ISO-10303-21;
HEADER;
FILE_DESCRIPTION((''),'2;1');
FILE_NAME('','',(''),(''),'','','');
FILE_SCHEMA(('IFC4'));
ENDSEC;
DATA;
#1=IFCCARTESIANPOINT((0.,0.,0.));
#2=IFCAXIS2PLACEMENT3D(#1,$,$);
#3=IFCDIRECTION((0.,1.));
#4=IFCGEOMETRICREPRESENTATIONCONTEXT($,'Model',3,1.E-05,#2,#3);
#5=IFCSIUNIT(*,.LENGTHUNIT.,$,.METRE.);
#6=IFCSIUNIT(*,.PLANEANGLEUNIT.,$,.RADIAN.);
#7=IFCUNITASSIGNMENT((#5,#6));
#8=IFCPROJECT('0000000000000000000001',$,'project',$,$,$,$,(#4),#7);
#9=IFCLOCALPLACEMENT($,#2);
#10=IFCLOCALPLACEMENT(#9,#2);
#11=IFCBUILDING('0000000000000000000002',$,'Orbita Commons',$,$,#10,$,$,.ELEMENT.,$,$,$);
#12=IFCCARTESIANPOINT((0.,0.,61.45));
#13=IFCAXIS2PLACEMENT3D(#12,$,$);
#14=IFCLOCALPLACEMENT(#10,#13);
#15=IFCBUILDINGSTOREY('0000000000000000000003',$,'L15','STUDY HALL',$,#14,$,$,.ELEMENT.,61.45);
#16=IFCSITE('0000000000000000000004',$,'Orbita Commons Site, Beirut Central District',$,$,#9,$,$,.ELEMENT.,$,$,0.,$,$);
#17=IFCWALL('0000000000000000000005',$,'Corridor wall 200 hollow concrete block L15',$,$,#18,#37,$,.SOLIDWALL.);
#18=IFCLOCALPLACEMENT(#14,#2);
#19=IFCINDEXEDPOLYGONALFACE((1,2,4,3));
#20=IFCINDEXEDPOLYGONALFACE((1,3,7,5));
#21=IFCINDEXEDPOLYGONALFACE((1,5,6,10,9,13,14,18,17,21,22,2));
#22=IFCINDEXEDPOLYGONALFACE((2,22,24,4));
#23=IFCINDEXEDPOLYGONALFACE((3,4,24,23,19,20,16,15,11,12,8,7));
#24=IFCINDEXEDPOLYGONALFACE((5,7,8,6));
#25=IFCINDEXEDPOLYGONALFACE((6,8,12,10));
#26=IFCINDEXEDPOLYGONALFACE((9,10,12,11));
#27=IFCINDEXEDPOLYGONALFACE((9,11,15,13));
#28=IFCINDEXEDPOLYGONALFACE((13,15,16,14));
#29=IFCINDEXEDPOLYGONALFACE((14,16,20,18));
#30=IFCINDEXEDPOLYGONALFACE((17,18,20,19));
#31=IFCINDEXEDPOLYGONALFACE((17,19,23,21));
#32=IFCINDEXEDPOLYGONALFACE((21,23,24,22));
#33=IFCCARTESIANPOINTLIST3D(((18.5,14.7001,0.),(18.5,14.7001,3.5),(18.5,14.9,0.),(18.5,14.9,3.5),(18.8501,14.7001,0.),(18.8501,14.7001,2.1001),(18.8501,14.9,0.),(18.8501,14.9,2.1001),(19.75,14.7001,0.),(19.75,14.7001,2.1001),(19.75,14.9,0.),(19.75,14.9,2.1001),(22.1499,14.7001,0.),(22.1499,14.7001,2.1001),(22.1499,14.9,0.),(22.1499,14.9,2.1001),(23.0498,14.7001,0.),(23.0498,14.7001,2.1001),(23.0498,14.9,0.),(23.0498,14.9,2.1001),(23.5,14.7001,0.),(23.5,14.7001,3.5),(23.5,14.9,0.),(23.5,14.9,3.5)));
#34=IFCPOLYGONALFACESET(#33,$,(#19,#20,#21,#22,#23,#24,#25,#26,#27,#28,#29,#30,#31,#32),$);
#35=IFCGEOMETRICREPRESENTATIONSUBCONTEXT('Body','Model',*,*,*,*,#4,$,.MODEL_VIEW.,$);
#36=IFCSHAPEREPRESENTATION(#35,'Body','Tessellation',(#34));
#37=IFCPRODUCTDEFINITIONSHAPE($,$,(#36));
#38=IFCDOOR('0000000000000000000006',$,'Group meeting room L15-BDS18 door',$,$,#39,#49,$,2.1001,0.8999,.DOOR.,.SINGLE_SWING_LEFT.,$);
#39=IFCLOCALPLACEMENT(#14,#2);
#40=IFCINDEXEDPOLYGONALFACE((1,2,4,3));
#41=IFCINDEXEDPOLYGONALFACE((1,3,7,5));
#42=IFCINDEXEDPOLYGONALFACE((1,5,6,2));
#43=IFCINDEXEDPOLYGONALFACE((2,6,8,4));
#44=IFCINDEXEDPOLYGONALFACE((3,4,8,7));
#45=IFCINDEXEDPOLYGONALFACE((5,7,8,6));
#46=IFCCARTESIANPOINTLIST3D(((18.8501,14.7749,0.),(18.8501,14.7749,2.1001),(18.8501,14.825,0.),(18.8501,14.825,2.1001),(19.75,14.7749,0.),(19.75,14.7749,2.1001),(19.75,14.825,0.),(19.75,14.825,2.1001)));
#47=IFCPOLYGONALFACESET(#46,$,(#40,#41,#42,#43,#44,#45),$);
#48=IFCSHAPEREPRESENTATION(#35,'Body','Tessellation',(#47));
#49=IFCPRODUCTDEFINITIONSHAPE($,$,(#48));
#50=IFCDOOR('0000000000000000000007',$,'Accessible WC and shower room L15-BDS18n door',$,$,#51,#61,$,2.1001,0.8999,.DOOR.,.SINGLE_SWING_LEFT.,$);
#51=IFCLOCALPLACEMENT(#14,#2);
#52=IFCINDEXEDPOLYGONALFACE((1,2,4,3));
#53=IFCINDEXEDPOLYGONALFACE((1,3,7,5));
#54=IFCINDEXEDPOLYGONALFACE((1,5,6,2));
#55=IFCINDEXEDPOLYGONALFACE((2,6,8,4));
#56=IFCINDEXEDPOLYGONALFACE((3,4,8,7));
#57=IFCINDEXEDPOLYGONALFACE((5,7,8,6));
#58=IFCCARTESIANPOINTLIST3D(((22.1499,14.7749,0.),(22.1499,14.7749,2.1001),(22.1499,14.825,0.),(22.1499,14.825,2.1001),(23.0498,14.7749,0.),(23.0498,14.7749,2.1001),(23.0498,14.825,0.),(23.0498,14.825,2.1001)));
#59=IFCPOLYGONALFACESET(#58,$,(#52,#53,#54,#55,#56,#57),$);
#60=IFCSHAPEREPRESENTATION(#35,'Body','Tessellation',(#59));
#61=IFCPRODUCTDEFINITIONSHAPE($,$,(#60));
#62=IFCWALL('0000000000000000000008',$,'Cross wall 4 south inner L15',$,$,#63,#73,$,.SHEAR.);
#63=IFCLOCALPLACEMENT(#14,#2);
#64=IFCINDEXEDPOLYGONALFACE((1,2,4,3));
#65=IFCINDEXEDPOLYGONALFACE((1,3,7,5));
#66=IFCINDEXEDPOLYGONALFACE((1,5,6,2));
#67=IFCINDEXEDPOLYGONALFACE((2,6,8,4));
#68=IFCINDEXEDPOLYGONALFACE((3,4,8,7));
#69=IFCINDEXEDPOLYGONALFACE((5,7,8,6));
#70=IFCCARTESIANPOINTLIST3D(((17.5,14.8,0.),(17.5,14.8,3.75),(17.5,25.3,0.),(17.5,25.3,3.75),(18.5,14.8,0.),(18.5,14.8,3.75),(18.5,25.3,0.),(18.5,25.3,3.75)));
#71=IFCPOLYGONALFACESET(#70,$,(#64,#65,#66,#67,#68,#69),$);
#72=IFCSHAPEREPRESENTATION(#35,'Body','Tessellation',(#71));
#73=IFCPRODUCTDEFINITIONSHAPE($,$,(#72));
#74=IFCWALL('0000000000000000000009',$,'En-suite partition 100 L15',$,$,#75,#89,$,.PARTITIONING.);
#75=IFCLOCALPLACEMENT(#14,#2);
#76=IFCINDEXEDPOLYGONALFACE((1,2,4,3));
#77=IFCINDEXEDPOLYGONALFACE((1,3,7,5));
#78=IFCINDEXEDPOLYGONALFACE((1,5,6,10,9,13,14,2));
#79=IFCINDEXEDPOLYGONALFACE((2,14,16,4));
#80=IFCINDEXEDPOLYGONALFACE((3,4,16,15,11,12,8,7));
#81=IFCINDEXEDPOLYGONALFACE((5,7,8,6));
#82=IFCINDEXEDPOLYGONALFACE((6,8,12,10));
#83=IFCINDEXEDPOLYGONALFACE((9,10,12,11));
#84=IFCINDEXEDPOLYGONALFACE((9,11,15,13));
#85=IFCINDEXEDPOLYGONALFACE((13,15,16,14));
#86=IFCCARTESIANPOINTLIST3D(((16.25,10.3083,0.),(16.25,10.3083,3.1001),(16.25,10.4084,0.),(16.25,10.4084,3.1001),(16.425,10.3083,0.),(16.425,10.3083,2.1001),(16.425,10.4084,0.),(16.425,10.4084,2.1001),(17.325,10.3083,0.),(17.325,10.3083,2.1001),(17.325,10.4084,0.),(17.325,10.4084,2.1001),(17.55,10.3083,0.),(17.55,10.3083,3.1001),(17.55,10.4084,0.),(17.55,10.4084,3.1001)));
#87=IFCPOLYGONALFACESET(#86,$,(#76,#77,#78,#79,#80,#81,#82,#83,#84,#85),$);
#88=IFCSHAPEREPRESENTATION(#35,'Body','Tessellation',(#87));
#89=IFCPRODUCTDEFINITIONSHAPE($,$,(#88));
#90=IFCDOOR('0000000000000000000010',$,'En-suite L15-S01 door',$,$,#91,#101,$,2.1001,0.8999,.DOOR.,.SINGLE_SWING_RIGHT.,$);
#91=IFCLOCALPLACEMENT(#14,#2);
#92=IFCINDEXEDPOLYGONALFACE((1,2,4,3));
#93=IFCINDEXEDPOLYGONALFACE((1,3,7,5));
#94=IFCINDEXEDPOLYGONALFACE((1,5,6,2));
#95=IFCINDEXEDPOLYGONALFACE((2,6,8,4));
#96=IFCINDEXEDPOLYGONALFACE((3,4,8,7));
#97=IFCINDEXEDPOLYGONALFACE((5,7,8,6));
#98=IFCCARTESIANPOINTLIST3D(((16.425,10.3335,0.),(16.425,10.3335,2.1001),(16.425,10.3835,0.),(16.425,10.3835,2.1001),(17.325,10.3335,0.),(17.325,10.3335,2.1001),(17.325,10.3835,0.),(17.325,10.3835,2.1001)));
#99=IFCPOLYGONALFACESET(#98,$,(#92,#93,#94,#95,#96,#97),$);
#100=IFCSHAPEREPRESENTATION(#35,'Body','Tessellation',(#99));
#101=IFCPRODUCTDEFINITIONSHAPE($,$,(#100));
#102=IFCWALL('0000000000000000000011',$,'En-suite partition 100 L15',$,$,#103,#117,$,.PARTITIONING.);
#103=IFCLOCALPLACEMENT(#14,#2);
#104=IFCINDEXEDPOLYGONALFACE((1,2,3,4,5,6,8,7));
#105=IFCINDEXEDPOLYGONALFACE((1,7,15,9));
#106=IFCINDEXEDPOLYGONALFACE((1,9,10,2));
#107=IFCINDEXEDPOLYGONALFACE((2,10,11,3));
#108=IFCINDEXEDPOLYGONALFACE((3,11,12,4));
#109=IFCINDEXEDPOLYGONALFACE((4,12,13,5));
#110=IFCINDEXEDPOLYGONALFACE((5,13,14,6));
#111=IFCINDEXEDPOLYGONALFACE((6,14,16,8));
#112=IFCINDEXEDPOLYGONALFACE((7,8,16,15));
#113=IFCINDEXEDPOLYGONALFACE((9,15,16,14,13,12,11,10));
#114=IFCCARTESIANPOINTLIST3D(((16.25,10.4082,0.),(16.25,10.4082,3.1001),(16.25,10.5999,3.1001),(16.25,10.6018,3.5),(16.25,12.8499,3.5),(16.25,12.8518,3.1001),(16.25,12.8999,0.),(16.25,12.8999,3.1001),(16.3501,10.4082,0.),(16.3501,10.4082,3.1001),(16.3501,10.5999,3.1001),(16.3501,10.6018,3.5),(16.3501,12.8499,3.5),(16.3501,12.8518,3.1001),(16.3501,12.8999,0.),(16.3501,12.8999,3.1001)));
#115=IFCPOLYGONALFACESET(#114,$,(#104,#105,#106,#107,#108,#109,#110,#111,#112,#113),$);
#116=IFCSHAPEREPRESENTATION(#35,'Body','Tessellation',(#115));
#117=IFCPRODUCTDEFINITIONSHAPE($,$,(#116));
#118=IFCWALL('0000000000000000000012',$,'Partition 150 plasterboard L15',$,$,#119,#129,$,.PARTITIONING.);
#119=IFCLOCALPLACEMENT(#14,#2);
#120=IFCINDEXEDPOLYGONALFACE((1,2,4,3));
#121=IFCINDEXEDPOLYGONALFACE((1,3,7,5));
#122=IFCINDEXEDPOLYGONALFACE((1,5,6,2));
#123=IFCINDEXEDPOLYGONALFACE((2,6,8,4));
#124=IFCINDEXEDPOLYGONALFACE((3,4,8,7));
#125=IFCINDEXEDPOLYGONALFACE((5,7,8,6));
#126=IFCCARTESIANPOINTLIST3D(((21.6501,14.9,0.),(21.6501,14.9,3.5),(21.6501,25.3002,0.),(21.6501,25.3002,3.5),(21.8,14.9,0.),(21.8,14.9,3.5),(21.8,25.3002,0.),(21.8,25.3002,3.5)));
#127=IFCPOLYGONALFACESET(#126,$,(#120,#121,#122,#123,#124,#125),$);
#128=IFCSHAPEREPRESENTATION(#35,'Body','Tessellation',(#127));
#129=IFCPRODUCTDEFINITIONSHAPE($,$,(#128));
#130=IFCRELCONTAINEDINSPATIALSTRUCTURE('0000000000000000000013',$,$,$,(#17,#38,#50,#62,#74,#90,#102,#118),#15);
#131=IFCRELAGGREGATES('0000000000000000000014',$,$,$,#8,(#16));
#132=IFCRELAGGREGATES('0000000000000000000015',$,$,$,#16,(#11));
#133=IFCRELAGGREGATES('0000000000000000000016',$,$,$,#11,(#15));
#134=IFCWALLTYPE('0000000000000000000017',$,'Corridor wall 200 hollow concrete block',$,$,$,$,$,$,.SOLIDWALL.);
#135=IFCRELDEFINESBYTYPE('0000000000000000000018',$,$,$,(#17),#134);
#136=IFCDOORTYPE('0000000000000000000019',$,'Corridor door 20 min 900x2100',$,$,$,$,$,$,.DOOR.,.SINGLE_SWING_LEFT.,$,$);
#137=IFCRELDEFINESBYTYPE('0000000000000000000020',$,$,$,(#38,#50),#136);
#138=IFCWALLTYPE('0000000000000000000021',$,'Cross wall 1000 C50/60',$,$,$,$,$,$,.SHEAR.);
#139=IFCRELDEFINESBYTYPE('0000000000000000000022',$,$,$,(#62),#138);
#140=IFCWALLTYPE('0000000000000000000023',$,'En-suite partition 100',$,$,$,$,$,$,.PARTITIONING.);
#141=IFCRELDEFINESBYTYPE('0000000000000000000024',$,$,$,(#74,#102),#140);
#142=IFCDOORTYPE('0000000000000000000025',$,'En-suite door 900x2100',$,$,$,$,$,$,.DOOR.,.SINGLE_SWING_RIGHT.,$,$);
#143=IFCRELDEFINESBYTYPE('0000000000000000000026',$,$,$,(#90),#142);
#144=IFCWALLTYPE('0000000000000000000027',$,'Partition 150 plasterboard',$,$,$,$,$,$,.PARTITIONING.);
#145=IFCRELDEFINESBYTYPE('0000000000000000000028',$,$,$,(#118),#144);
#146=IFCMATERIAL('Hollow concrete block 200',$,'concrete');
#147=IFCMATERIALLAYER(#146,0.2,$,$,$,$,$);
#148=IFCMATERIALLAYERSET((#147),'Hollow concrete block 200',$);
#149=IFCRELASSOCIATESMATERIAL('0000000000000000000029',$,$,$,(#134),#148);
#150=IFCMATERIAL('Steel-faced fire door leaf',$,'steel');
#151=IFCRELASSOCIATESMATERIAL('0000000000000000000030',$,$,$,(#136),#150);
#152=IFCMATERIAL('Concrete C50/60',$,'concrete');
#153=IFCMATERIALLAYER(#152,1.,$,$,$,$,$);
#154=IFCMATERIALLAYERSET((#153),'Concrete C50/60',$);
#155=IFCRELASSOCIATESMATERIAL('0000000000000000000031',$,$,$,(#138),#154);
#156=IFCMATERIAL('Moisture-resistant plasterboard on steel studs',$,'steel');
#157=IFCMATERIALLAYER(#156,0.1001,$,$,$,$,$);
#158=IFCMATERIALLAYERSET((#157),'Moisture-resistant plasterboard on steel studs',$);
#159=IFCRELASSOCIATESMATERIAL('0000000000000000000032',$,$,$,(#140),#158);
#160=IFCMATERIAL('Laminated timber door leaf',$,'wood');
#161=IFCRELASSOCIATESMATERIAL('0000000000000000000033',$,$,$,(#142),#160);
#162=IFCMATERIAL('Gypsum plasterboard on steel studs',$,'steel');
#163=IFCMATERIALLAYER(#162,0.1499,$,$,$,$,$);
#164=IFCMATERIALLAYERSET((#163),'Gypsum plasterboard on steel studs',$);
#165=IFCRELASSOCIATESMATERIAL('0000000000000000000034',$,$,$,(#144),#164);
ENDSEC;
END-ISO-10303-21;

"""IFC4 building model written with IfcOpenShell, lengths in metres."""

from ifc_helpers import new_model, si_unit, direction, frame, frame_2d, origin, place, context, subcontext, project, spatial, polyline, rectangle, outline, extrude, material, layer, layer_set, type_object, element, fill, save


model = new_model("IFC4")

# Units and contexts
model_context = context("Model", 3, precision=1e-05, world=origin(), true_north=direction((0.0, 1.0)))
body_context = subcontext(model_context, "Body", "Model", "MODEL_VIEW")
ifc_project = project(units=[si_unit("LENGTHUNIT", "METRE"), si_unit("PLANEANGLEUNIT", "RADIAN")], contexts=[model_context])

# Site, building, storey
site_placement = place(None, origin())
site = spatial("IfcSite", under=ifc_project, at=site_placement, Name="Orbita Commons Site, Beirut Central District", CompositionType="ELEMENT", RefElevation=0.0)
building_placement = place(site_placement, origin())
building = spatial("IfcBuilding", under=site, at=building_placement, Name="Orbita Commons", CompositionType="ELEMENT")
storey_placement = place(building_placement, frame((0.0, 0.0, 61.45)))
storey = spatial("IfcBuildingStorey", under=building, at=storey_placement, Name="L15", Description="STUDY HALL", CompositionType="ELEMENT", Elevation=61.45)

# Wall, openings, doors
ifc_material_1 = material(Name="Hollow concrete block 200", Category="concrete")
ifc_layer_1 = layer(ifc_material_1, 0.2)
ifc_layer_set_1 = layer_set([ifc_layer_1], Name="Hollow concrete block 200")
wall_type_1 = type_object("IfcWallType", Name="Corridor wall 200 hollow concrete block", PredefinedType="SOLIDWALL", material=ifc_layer_set_1)
wall_1_placement = place(storey_placement, frame((18.5, 14.8, 0.0), z_axis=(0.0, 0.0, 1.0), x_axis=(1.0, 0.0, 0.0)))
wall_1 = element("IfcWall", 1, at=wall_1_placement, inside=storey, type_object=wall_type_1, Name="Corridor wall 200 hollow concrete block L15", PredefinedType="SOLIDWALL", context=body_context, shape_type="SweptSolid", body=[
    extrude(rectangle(XDim=5.0, YDim=0.2, at=frame_2d((2.5, 0.0))), origin(), (0.0, 0.0, 1.0), 3.5),
])
opening_1_placement = place(wall_1_placement, frame((0.3501, 0.0, 0.0)))
opening_1 = element("IfcOpeningElement", 2, at=opening_1_placement, cuts=wall_1, PredefinedType="OPENING", context=body_context, shape_type="SweptSolid", body=[
    extrude(rectangle(XDim=0.8999, YDim=2.1001, at=frame_2d((0.45, 1.05))), frame((0.0, 0.1099, 0.0), z_axis=(0.0, -1.0, 0.0), x_axis=(1.0, 0.0, 0.0)), (0.0, 0.0, 1.0), 0.22),
])
opening_2_placement = place(wall_1_placement, frame((3.6499, 0.0, 0.0)))
opening_2 = element("IfcOpeningElement", 3, at=opening_2_placement, cuts=wall_1, PredefinedType="OPENING", context=body_context, shape_type="SweptSolid", body=[
    extrude(rectangle(XDim=0.8999, YDim=2.1001, at=frame_2d((0.45, 1.05))), frame((0.0, 0.1099, 0.0), z_axis=(0.0, -1.0, 0.0), x_axis=(1.0, 0.0, 0.0)), (0.0, 0.0, 1.0), 0.22),
])
ifc_material_2 = material(Name="Steel-faced fire door leaf", Category="steel")
door_type_1 = type_object("IfcDoorType", Name="Corridor door 20 min 900x2100", OperationType="SINGLE_SWING_LEFT", PredefinedType="DOOR", material=ifc_material_2)
door_1_placement = place(opening_1_placement, origin())
door_1 = element("IfcDoor", 4, at=door_1_placement, inside=storey, type_object=door_type_1, Name="Group meeting room L15-BDS18 door", OperationType="SINGLE_SWING_LEFT", OverallHeight=2.1001, OverallWidth=0.8999, PredefinedType="DOOR", context=body_context, shape_type="SweptSolid", body=[
    extrude(rectangle(XDim=0.8999, YDim=2.1001, at=frame_2d((0.45, 1.05))), frame((0.0, 0.0249, 0.0), z_axis=(0.0, -1.0, 0.0), x_axis=(1.0, 0.0, 0.0)), (0.0, 0.0, 1.0), 0.05),
])
fill(opening_1, door_1)
door_2_placement = place(opening_2_placement, origin())
door_2 = element("IfcDoor", 5, at=door_2_placement, inside=storey, type_object=door_type_1, Name="Accessible WC and shower room L15-BDS18n door", OperationType="SINGLE_SWING_LEFT", OverallHeight=2.1001, OverallWidth=0.8999, PredefinedType="DOOR", context=body_context, shape_type="SweptSolid", body=[
    extrude(rectangle(XDim=0.8999, YDim=2.1001, at=frame_2d((0.45, 1.05))), frame((0.0, 0.0249, 0.0), z_axis=(0.0, -1.0, 0.0), x_axis=(1.0, 0.0, 0.0)), (0.0, 0.0, 1.0), 0.05),
])
fill(opening_2, door_2)

# Wall
ifc_material_3 = material(Name="Concrete C50/60", Category="concrete")
ifc_layer_2 = layer(ifc_material_3, 1.0)
ifc_layer_set_2 = layer_set([ifc_layer_2], Name="Concrete C50/60")
wall_type_2 = type_object("IfcWallType", Name="Cross wall 1000 C50/60", PredefinedType="SHEAR", material=ifc_layer_set_2)
wall_2_placement = place(storey_placement, frame((18.0, 14.8, 0.0), z_axis=(0.0, 0.0, 1.0), x_axis=(0.0, 1.0, 0.0)))
element("IfcWall", 6, at=wall_2_placement, inside=storey, type_object=wall_type_2, Name="Cross wall 4 south inner L15", PredefinedType="SHEAR", context=body_context, shape_type="SweptSolid", body=[
    extrude(rectangle(XDim=10.5, YDim=1.0, at=frame_2d((5.25, 0.0))), origin(), (0.0, 0.0, 1.0), 3.75),
])

# Wall, opening, door
ifc_material_4 = material(Name="Moisture-resistant plasterboard on steel studs", Category="steel")
ifc_layer_3 = layer(ifc_material_4, 0.1001)
ifc_layer_set_3 = layer_set([ifc_layer_3], Name="Moisture-resistant plasterboard on steel studs")
wall_type_3 = type_object("IfcWallType", Name="En-suite partition 100", PredefinedType="PARTITIONING", material=ifc_layer_set_3)
wall_3_placement = place(storey_placement, frame((17.55, 10.3584, 0.0), z_axis=(0.0, 0.0, 1.0), x_axis=(-1.0, 0.0, 0.0)))
wall_3 = element("IfcWall", 7, at=wall_3_placement, inside=storey, type_object=wall_type_3, Name="En-suite partition 100 L15", PredefinedType="PARTITIONING", context=body_context, shape_type="SweptSolid", body=[
    extrude(outline(polyline([(0.0, 0.0), (1.3, 0.0), (1.3, 3.1001), (0.0, 3.1001), (0.0, 0.0)])), frame((0.0, 0.05, 0.0), z_axis=(0.0, -1.0, 0.0), x_axis=(1.0, 0.0, 0.0)), (0.0, 0.0, 1.0), 0.1001),
])
opening_3_placement = place(wall_3_placement, frame((0.2251, 0.0, 0.0)))
opening_3 = element("IfcOpeningElement", 8, at=opening_3_placement, cuts=wall_3, PredefinedType="OPENING", context=body_context, shape_type="SweptSolid", body=[
    extrude(rectangle(XDim=0.8999, YDim=2.1001, at=frame_2d((0.45, 1.05))), frame((0.0, 0.0601, 0.0), z_axis=(0.0, -1.0, 0.0), x_axis=(1.0, 0.0, 0.0)), (0.0, 0.0, 1.0), 0.1201),
])
ifc_material_5 = material(Name="Laminated timber door leaf", Category="wood")
door_type_2 = type_object("IfcDoorType", Name="En-suite door 900x2100", OperationType="SINGLE_SWING_RIGHT", PredefinedType="DOOR", material=ifc_material_5)
door_3_placement = place(opening_3_placement, origin())
door_3 = element("IfcDoor", 9, at=door_3_placement, inside=storey, type_object=door_type_2, Name="En-suite L15-S01 door", OperationType="SINGLE_SWING_RIGHT", OverallHeight=2.1001, OverallWidth=0.8999, PredefinedType="DOOR", context=body_context, shape_type="SweptSolid", body=[
    extrude(rectangle(XDim=0.8999, YDim=2.1001, at=frame_2d((0.45, 1.05))), frame((0.0, 0.0249, 0.0), z_axis=(0.0, -1.0, 0.0), x_axis=(1.0, 0.0, 0.0)), (0.0, 0.0, 1.0), 0.05),
])
fill(opening_3, door_3)

# Walls
wall_4_placement = place(storey_placement, frame((16.3, 10.4082, 0.0), z_axis=(0.0, 0.0, 1.0), x_axis=(0.0, 1.0, 0.0)))
element("IfcWall", 10, at=wall_4_placement, inside=storey, type_object=wall_type_3, Name="En-suite partition 100 L15", PredefinedType="PARTITIONING", context=body_context, shape_type="SweptSolid", body=[
    extrude(outline(polyline([(0.0, 0.0), (2.4917, 0.0), (2.4917, 3.1001), (2.4436, 3.1001), (2.4417, 3.5), (0.1936, 3.5), (0.1917, 3.1001), (0.0, 3.1001), (0.0, 0.0)])), frame((0.0, 0.05, 0.0), z_axis=(0.0, -1.0, 0.0), x_axis=(1.0, 0.0, 0.0)), (0.0, 0.0, 1.0), 0.1001),
])
ifc_material_6 = material(Name="Gypsum plasterboard on steel studs", Category="steel")
ifc_layer_4 = layer(ifc_material_6, 0.1499)
ifc_layer_set_4 = layer_set([ifc_layer_4], Name="Gypsum plasterboard on steel studs")
wall_type_4 = type_object("IfcWallType", Name="Partition 150 plasterboard", PredefinedType="PARTITIONING", material=ifc_layer_set_4)
wall_5_placement = place(storey_placement, frame((21.7251, 14.8999, 0.0), z_axis=(0.0, 0.0, 1.0), x_axis=(0.0, 1.0, 0.0)))
element("IfcWall", 11, at=wall_5_placement, inside=storey, type_object=wall_type_4, Name="Partition 150 plasterboard L15", PredefinedType="PARTITIONING", context=body_context, shape_type="SweptSolid", body=[
    extrude(rectangle(XDim=10.4001, YDim=0.1499, at=frame_2d((5.2002, 0.0))), origin(), (0.0, 0.0, 1.0), 3.5),
])

save(model, "model.ifc")
